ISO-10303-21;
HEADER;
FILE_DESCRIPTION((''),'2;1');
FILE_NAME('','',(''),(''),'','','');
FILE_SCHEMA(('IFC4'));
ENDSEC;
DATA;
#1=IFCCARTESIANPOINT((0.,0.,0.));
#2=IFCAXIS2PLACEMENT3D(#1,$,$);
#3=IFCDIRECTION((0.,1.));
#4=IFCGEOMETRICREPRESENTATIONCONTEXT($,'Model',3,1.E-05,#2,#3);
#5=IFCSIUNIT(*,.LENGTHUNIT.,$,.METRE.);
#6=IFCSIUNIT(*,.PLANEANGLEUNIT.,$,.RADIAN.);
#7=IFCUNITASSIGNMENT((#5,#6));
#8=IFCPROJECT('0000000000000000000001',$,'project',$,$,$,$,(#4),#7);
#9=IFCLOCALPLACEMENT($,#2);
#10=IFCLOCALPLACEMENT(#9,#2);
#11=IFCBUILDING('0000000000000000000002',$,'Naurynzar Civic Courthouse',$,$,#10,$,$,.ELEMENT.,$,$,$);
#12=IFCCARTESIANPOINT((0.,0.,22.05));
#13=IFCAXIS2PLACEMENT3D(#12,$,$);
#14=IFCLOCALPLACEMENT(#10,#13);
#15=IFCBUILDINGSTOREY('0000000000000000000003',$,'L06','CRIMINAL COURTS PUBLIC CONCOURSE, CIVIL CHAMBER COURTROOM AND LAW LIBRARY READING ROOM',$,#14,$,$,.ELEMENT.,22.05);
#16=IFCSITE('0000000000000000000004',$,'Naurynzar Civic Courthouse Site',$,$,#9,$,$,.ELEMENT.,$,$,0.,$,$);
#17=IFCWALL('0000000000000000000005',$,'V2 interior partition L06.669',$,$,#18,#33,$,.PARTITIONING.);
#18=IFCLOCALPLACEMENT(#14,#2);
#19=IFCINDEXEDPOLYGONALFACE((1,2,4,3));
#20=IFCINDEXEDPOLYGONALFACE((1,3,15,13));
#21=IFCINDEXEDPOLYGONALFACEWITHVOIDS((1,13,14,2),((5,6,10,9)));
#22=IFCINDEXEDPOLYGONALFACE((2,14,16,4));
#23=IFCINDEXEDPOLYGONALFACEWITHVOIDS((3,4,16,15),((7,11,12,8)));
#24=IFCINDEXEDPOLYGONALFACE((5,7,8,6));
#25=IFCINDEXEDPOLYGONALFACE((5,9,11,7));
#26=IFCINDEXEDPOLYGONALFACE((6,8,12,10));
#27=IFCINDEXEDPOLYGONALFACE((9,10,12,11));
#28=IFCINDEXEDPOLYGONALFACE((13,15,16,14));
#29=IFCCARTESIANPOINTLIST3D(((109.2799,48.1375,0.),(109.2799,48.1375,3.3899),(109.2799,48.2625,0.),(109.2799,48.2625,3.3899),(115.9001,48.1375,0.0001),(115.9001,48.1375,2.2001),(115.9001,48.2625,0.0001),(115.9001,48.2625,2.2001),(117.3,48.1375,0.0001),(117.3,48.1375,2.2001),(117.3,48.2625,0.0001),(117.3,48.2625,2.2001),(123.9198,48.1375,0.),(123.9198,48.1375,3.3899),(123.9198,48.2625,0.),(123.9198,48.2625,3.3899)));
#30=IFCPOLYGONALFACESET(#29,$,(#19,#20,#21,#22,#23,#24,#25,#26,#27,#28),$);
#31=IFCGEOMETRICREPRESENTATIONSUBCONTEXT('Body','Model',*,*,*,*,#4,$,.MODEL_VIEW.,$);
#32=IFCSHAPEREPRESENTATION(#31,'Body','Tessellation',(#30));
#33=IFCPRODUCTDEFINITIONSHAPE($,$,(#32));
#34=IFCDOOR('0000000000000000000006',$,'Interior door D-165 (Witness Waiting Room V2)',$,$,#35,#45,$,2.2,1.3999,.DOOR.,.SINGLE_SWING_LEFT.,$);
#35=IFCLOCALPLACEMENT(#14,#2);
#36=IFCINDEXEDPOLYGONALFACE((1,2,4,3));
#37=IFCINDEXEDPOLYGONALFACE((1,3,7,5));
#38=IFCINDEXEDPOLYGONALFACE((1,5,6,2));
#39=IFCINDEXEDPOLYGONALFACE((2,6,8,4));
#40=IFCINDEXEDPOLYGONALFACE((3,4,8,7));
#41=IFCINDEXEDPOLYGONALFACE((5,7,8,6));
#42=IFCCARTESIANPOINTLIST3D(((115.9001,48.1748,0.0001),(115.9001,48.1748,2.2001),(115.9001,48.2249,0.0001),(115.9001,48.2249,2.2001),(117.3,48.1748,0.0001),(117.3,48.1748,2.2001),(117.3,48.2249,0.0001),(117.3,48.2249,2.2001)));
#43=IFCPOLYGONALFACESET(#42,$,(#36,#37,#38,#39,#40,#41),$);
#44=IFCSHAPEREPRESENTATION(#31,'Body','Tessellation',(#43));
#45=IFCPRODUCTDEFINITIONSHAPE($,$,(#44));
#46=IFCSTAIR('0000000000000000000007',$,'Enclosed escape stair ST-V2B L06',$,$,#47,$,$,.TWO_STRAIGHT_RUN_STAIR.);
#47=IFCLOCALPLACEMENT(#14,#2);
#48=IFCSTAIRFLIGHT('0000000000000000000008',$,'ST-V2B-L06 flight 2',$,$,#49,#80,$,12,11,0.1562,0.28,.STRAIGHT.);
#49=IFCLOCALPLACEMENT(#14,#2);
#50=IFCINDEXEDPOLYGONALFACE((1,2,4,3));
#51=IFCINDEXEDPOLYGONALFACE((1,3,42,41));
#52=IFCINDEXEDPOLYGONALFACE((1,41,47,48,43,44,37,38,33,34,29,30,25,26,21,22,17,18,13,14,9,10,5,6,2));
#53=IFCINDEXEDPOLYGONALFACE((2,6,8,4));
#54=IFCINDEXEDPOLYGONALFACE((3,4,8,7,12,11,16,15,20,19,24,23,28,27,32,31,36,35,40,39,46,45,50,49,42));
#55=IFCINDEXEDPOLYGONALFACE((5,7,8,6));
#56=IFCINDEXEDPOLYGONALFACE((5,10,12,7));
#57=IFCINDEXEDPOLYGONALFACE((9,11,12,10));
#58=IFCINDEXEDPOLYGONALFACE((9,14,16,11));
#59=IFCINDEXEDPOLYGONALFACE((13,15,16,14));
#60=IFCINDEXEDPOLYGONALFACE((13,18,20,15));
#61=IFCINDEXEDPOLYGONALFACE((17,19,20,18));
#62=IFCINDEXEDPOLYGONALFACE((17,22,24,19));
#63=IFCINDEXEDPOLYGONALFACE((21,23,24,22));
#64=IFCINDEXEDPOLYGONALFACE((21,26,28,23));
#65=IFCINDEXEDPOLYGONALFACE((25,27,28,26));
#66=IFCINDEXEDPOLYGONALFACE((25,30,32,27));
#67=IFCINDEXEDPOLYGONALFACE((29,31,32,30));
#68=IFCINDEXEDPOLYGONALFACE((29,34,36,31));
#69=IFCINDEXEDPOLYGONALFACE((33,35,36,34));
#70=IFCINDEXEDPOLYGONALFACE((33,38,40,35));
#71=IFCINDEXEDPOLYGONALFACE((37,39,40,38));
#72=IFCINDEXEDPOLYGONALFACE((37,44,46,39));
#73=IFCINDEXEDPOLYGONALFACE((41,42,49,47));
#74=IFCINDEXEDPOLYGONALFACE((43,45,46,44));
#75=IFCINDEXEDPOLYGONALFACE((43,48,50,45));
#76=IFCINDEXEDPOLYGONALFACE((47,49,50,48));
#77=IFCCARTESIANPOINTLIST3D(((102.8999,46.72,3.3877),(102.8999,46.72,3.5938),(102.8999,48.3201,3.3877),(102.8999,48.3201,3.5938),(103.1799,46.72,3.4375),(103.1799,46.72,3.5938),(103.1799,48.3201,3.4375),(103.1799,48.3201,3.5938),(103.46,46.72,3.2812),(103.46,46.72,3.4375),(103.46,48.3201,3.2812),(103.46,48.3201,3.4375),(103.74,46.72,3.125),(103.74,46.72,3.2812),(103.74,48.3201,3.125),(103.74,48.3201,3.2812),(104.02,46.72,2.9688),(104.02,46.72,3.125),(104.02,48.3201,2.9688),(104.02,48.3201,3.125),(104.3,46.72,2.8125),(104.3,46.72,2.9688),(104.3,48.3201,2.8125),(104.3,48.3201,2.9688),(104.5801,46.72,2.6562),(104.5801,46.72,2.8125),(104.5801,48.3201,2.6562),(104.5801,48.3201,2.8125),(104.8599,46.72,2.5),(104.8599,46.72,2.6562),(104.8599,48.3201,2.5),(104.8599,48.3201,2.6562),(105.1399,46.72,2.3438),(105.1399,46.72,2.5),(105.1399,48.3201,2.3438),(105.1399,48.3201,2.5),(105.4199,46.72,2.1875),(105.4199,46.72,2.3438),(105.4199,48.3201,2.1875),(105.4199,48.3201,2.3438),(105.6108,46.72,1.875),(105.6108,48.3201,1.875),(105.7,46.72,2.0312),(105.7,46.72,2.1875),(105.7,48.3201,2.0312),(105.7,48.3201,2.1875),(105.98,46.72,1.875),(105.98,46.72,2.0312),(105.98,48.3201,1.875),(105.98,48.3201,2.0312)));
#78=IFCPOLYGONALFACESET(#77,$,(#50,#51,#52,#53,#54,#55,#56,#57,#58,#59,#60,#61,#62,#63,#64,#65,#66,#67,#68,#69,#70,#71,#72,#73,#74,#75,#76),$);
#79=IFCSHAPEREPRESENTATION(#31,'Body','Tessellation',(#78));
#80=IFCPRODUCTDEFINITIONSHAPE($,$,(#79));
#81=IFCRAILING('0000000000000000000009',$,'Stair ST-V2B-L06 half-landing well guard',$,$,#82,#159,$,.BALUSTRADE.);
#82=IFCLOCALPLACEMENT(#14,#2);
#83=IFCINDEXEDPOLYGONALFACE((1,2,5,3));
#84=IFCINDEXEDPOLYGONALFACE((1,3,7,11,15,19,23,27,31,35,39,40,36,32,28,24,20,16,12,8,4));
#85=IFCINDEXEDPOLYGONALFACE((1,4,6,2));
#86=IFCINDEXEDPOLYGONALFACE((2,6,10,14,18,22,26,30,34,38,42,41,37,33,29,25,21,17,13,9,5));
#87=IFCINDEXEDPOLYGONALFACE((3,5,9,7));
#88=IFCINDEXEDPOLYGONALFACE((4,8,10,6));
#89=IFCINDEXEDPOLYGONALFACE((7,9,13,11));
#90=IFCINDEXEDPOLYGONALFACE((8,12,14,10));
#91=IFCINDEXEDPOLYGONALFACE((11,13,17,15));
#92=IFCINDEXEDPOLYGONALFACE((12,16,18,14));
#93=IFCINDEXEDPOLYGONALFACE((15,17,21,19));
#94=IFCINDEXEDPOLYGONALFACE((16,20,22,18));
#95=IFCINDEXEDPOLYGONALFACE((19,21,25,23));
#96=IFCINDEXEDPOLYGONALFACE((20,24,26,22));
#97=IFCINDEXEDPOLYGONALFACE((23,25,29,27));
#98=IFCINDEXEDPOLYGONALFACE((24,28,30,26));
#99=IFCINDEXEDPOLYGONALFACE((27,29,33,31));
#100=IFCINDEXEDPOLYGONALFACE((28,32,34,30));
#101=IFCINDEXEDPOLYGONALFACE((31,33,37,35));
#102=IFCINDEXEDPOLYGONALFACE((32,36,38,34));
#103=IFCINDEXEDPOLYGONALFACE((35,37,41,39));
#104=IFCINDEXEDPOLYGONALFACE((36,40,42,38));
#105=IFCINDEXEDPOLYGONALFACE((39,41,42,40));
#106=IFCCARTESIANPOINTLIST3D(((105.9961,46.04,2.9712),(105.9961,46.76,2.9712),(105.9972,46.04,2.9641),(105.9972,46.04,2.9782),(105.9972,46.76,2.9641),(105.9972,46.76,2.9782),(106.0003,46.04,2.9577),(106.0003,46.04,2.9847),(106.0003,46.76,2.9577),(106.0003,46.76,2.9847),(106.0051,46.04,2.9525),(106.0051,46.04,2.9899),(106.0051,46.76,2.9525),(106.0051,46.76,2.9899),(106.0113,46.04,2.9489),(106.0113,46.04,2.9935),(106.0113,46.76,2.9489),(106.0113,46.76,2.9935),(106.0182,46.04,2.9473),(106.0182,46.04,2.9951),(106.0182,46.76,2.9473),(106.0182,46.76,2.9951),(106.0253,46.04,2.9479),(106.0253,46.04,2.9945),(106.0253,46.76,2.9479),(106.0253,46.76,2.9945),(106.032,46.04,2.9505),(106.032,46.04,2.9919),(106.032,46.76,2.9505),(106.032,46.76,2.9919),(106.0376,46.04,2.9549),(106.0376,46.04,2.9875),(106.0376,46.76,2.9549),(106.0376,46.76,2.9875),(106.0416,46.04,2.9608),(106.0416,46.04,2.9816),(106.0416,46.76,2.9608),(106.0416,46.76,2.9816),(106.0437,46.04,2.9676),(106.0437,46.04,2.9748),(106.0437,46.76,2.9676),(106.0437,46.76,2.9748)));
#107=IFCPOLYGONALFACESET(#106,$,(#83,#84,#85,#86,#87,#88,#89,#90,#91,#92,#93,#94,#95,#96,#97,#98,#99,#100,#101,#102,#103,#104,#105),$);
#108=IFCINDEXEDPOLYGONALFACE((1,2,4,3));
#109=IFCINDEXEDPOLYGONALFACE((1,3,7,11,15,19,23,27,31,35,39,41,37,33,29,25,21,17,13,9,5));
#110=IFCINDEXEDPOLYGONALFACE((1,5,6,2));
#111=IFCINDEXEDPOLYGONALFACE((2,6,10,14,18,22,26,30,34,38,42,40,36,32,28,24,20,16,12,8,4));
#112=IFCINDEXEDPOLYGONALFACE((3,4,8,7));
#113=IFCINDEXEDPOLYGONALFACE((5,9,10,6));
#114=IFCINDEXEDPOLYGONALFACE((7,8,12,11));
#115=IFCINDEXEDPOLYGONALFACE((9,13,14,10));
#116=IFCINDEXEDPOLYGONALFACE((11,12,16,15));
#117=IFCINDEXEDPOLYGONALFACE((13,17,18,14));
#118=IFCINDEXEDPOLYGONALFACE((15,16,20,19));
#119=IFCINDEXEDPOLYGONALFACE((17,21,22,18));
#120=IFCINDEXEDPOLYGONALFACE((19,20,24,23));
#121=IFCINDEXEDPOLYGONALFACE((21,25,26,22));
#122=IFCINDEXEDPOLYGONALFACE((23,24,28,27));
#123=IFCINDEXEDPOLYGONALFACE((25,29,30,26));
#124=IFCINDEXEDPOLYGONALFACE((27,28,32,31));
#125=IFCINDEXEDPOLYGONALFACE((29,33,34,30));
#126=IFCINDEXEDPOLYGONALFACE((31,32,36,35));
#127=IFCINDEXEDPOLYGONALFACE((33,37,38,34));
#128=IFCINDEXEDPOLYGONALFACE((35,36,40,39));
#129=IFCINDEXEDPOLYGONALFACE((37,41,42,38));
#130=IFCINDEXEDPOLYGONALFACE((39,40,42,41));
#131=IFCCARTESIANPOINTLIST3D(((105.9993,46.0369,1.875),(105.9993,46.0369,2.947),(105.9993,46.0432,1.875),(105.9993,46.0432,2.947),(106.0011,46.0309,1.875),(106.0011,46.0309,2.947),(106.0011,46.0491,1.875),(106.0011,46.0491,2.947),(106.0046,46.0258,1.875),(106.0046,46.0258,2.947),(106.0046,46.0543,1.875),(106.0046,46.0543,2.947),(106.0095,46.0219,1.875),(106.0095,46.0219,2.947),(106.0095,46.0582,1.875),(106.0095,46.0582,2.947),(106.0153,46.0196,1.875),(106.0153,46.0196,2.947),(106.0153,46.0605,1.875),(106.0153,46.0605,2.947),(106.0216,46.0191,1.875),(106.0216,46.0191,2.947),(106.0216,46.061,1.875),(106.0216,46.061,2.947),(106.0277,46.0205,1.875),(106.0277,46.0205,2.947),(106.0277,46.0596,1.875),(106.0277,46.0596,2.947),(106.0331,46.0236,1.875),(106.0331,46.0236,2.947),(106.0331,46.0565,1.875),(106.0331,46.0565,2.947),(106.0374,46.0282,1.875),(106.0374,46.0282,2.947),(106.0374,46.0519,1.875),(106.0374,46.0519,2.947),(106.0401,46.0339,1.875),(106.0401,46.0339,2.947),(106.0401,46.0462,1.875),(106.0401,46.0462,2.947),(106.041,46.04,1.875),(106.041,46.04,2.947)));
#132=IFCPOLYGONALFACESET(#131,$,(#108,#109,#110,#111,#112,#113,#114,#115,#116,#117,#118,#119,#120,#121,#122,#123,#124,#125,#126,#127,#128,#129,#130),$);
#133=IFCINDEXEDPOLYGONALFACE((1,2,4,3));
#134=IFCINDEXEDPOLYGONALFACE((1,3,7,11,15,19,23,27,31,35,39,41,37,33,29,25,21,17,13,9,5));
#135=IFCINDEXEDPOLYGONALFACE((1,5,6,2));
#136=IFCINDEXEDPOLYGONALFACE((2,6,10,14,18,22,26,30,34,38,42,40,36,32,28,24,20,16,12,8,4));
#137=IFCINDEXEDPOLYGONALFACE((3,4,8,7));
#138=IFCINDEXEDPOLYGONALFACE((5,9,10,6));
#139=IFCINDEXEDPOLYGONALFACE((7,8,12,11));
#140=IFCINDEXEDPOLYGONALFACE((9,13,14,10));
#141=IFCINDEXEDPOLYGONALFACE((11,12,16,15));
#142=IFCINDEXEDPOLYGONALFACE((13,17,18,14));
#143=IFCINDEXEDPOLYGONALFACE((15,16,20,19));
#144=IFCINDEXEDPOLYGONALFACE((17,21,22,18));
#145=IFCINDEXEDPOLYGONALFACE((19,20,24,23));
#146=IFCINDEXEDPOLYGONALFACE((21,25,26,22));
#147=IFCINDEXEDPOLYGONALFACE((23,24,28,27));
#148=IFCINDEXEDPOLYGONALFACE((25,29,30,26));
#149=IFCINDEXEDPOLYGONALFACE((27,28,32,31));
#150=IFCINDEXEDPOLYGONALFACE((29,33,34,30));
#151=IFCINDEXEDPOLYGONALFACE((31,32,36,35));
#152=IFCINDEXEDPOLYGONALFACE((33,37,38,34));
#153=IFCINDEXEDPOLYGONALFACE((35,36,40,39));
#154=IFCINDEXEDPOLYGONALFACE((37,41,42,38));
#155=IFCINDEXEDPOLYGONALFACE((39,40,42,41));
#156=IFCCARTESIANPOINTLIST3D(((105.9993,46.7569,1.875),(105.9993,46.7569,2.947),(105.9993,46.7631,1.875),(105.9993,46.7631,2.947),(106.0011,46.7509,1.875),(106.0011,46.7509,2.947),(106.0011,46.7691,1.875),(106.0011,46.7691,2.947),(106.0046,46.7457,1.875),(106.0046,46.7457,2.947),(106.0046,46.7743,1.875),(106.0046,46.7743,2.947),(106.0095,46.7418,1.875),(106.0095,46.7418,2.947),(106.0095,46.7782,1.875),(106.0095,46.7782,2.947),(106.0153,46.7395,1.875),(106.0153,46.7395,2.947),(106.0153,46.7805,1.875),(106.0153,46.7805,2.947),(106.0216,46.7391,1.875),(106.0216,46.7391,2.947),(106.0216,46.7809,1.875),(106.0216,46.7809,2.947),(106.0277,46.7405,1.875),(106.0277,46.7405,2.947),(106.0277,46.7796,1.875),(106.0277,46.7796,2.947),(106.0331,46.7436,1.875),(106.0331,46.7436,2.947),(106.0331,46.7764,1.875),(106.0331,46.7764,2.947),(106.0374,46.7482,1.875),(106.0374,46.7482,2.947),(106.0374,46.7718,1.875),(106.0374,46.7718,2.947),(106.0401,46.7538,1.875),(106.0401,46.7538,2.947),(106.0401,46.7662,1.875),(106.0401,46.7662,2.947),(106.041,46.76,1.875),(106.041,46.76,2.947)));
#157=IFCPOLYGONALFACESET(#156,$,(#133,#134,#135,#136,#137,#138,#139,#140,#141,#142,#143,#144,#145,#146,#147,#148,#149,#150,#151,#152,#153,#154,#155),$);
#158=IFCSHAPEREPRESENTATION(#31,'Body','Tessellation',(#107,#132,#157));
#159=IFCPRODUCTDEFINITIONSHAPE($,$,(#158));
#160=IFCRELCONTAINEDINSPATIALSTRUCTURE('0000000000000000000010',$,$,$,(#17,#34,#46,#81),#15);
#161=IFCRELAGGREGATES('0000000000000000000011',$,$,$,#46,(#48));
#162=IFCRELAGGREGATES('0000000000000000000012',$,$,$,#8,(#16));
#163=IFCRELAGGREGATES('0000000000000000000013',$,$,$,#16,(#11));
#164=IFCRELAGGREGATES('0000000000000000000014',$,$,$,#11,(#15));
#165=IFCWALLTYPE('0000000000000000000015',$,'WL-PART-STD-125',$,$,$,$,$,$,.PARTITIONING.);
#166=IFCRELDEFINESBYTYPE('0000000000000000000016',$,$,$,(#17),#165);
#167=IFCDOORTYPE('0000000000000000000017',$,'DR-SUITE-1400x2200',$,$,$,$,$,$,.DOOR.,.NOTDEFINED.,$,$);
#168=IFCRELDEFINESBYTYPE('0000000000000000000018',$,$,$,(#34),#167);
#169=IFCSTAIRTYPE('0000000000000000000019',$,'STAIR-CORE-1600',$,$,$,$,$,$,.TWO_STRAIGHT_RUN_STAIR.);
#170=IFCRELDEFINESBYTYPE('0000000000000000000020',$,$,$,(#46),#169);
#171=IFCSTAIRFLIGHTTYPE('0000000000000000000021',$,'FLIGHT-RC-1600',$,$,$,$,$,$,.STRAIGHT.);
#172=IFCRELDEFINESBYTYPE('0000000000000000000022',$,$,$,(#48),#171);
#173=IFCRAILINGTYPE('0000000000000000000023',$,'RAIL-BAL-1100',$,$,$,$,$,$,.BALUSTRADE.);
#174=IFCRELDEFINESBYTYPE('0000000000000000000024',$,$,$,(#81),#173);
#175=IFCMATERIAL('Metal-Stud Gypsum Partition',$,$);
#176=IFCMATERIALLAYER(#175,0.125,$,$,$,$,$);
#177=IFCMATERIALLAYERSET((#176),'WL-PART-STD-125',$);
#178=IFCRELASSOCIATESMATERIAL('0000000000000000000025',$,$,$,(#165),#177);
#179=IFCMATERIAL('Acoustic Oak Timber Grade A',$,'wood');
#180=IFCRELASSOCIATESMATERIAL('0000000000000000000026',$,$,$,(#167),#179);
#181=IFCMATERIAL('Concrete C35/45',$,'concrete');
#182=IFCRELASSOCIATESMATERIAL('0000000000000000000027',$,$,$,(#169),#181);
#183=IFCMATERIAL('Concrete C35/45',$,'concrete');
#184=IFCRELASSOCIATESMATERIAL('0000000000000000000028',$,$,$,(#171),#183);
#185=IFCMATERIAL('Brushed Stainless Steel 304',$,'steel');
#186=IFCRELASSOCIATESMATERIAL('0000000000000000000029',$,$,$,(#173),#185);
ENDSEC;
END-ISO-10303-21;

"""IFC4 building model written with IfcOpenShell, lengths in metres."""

from ifc_helpers import new_model, si_unit, direction, frame, frame_2d, origin, origin_2d, place, context, subcontext, project, spatial, polyline, rectangle, circle, outline, extrude, material, layer, layer_set, type_object, element, fill, aggregate, save


model = new_model("IFC4")

# Units and contexts
model_context = context("Model", 3, precision=1e-05, world=origin(), true_north=direction((0.0, 1.0)))
body_context = subcontext(model_context, "Body", "Model", "MODEL_VIEW")
ifc_project = project(units=[si_unit("LENGTHUNIT", "METRE"), si_unit("PLANEANGLEUNIT", "RADIAN")], contexts=[model_context])

# Site, building, storey
site_placement = place(None, origin())
site = spatial("IfcSite", under=ifc_project, at=site_placement, Name="Naurynzar Civic Courthouse Site", CompositionType="ELEMENT", RefElevation=0.0)
building_placement = place(site_placement, origin())
building = spatial("IfcBuilding", under=site, at=building_placement, Name="Naurynzar Civic Courthouse", CompositionType="ELEMENT")
storey_placement = place(building_placement, frame((0.0, 0.0, 22.05)))
storey = spatial("IfcBuildingStorey", under=building, at=storey_placement, Name="L06", Description="CRIMINAL COURTS PUBLIC CONCOURSE, CIVIL CHAMBER COURTROOM AND LAW LIBRARY READING ROOM", CompositionType="ELEMENT", Elevation=22.05)

# Wall, opening, door
ifc_material_1 = material(Name="Metal-Stud Gypsum Partition")
ifc_layer_1 = layer(ifc_material_1, 0.125)
ifc_layer_set_1 = layer_set([ifc_layer_1], Name="WL-PART-STD-125")
wall_type_1 = type_object("IfcWallType", Name="WL-PART-STD-125", PredefinedType="PARTITIONING", material=ifc_layer_set_1)
wall_1_placement = place(storey_placement, frame((109.28, 48.2, 0.0), z_axis=(0.0, 0.0, 1.0), x_axis=(1.0, 0.0, 0.0)))
wall_1 = element("IfcWall", 1, at=wall_1_placement, inside=storey, type_object=wall_type_1, Name="V2 interior partition L06.669", PredefinedType="PARTITIONING", context=body_context, shape_type="SweptSolid", body=[
    extrude(rectangle(XDim=14.6399, YDim=0.125, at=frame_2d((7.3198, 0.0))), origin(), (0.0, 0.0, 1.0), 3.3899),
])
opening_1_placement = place(wall_1_placement, frame((6.6201, 0.0, 0.0)))
opening_1 = element("IfcOpeningElement", 2, at=opening_1_placement, cuts=wall_1, PredefinedType="OPENING", context=body_context, shape_type="SweptSolid", body=[
    extrude(rectangle(XDim=1.3999, YDim=2.2, at=frame_2d((0.7, 1.1001))), frame((0.0, 0.0725, 0.0), z_axis=(0.0, -1.0, 0.0), x_axis=(1.0, 0.0, 0.0)), (0.0, 0.0, 1.0), 0.145),
])
ifc_material_2 = material(Name="Acoustic Oak Timber Grade A", Category="wood")
door_type_1 = type_object("IfcDoorType", Name="DR-SUITE-1400x2200", OperationType="NOTDEFINED", PredefinedType="DOOR", material=ifc_material_2)
door_1_placement = place(opening_1_placement, origin())
door_1 = element("IfcDoor", 3, at=door_1_placement, inside=storey, type_object=door_type_1, Name="Interior door D-165 (Witness Waiting Room V2)", OperationType="SINGLE_SWING_LEFT", OverallHeight=2.2, OverallWidth=1.3999, PredefinedType="DOOR", context=body_context, shape_type="SweptSolid", body=[
    extrude(rectangle(XDim=1.3999, YDim=2.2, at=frame_2d((0.7, 1.1001))), frame((0.0, 0.0249, 0.0), z_axis=(0.0, -1.0, 0.0), x_axis=(1.0, 0.0, 0.0)), (0.0, 0.0, 1.0), 0.05),
])
fill(opening_1, door_1)

# Stair, stair flight
ifc_material_3 = material(Name="Concrete C35/45", Category="concrete")
stair_type = type_object("IfcStairType", Name="STAIR-CORE-1600", PredefinedType="TWO_STRAIGHT_RUN_STAIR", material=ifc_material_3)
stair_placement = place(storey_placement, origin())
stair = element("IfcStair", 4, at=stair_placement, inside=storey, type_object=stair_type, Name="Enclosed escape stair ST-V2B L06", PredefinedType="TWO_STRAIGHT_RUN_STAIR")
ifc_material_4 = material(Name="Concrete C35/45", Category="concrete")
stair_flight_type = type_object("IfcStairFlightType", Name="FLIGHT-RC-1600", PredefinedType="STRAIGHT", material=ifc_material_4)
stair_flight_placement = place(storey_placement, frame((105.98, 47.52, 1.875), z_axis=(0.0, 0.0, 1.0), x_axis=(-1.0, 0.0, 0.0)))
stair_flight = element("IfcStairFlight", 5, at=stair_flight_placement, type_object=stair_flight_type, Name="ST-V2B-L06 flight 2", NumberOfRisers=12, NumberOfTreads=11, PredefinedType="STRAIGHT", RiserHeight=0.1562, TreadLength=0.28, context=body_context, shape_type="SweptSolid", body=[
    extrude(outline(polyline([(0.0, 0.0), (0.0, 0.1562), (0.28, 0.1562), (0.28, 0.3125), (0.5601, 0.3125), (0.5601, 0.4688), (0.8401, 0.4688), (0.8401, 0.625), (1.1201, 0.625), (1.1201, 0.7812), (1.3999, 0.7812), (1.3999, 0.9375), (1.6799, 0.9375), (1.6799, 1.0938), (1.96, 1.0938), (1.96, 1.25), (2.24, 1.25), (2.24, 1.4062), (2.52, 1.4062), (2.52, 1.5625), (2.8, 1.5625), (2.8, 1.7188), (3.0801, 1.7188), (3.0801, 1.875), (3.0801, 1.5127), (0.3691, 0.0), (0.0, 0.0)])), frame((0.0, 0.8, 0.0), z_axis=(0.0, -1.0, 0.0), x_axis=(1.0, 0.0, 0.0)), (0.0, 0.0, 1.0), 1.6001),
])
aggregate(stair, [stair_flight])

# Railing
ifc_material_5 = material(Name="Brushed Stainless Steel 304", Category="steel")
railing_type_1 = type_object("IfcRailingType", Name="RAIL-BAL-1100", PredefinedType="BALUSTRADE", material=ifc_material_5)
railing_1_placement = place(storey_placement, frame((106.02, 46.04, 1.875)))
element("IfcRailing", 6, at=railing_1_placement, inside=storey, type_object=railing_type_1, Name="Stair ST-V2B-L06 half-landing well guard", PredefinedType="BALUSTRADE", context=body_context, shape_type="SweptSolid", body=[
    extrude(circle(Radius=0.0239, at=origin_2d()), frame((0.0, 0.0, 1.0962), z_axis=(0.0, 1.0, 0.0), x_axis=(-1.0, 0.0, 0.0)), (0.0, 0.0, 1.0), 0.72),
    extrude(circle(Radius=0.021, at=origin_2d()), origin(), (0.0, 0.0, 1.0), 1.072),
    extrude(circle(Radius=0.021, at=origin_2d()), frame((0.0, 0.72, 0.0)), (0.0, 0.0, 1.0), 1.072),
])

save(model, "model.ifc")
